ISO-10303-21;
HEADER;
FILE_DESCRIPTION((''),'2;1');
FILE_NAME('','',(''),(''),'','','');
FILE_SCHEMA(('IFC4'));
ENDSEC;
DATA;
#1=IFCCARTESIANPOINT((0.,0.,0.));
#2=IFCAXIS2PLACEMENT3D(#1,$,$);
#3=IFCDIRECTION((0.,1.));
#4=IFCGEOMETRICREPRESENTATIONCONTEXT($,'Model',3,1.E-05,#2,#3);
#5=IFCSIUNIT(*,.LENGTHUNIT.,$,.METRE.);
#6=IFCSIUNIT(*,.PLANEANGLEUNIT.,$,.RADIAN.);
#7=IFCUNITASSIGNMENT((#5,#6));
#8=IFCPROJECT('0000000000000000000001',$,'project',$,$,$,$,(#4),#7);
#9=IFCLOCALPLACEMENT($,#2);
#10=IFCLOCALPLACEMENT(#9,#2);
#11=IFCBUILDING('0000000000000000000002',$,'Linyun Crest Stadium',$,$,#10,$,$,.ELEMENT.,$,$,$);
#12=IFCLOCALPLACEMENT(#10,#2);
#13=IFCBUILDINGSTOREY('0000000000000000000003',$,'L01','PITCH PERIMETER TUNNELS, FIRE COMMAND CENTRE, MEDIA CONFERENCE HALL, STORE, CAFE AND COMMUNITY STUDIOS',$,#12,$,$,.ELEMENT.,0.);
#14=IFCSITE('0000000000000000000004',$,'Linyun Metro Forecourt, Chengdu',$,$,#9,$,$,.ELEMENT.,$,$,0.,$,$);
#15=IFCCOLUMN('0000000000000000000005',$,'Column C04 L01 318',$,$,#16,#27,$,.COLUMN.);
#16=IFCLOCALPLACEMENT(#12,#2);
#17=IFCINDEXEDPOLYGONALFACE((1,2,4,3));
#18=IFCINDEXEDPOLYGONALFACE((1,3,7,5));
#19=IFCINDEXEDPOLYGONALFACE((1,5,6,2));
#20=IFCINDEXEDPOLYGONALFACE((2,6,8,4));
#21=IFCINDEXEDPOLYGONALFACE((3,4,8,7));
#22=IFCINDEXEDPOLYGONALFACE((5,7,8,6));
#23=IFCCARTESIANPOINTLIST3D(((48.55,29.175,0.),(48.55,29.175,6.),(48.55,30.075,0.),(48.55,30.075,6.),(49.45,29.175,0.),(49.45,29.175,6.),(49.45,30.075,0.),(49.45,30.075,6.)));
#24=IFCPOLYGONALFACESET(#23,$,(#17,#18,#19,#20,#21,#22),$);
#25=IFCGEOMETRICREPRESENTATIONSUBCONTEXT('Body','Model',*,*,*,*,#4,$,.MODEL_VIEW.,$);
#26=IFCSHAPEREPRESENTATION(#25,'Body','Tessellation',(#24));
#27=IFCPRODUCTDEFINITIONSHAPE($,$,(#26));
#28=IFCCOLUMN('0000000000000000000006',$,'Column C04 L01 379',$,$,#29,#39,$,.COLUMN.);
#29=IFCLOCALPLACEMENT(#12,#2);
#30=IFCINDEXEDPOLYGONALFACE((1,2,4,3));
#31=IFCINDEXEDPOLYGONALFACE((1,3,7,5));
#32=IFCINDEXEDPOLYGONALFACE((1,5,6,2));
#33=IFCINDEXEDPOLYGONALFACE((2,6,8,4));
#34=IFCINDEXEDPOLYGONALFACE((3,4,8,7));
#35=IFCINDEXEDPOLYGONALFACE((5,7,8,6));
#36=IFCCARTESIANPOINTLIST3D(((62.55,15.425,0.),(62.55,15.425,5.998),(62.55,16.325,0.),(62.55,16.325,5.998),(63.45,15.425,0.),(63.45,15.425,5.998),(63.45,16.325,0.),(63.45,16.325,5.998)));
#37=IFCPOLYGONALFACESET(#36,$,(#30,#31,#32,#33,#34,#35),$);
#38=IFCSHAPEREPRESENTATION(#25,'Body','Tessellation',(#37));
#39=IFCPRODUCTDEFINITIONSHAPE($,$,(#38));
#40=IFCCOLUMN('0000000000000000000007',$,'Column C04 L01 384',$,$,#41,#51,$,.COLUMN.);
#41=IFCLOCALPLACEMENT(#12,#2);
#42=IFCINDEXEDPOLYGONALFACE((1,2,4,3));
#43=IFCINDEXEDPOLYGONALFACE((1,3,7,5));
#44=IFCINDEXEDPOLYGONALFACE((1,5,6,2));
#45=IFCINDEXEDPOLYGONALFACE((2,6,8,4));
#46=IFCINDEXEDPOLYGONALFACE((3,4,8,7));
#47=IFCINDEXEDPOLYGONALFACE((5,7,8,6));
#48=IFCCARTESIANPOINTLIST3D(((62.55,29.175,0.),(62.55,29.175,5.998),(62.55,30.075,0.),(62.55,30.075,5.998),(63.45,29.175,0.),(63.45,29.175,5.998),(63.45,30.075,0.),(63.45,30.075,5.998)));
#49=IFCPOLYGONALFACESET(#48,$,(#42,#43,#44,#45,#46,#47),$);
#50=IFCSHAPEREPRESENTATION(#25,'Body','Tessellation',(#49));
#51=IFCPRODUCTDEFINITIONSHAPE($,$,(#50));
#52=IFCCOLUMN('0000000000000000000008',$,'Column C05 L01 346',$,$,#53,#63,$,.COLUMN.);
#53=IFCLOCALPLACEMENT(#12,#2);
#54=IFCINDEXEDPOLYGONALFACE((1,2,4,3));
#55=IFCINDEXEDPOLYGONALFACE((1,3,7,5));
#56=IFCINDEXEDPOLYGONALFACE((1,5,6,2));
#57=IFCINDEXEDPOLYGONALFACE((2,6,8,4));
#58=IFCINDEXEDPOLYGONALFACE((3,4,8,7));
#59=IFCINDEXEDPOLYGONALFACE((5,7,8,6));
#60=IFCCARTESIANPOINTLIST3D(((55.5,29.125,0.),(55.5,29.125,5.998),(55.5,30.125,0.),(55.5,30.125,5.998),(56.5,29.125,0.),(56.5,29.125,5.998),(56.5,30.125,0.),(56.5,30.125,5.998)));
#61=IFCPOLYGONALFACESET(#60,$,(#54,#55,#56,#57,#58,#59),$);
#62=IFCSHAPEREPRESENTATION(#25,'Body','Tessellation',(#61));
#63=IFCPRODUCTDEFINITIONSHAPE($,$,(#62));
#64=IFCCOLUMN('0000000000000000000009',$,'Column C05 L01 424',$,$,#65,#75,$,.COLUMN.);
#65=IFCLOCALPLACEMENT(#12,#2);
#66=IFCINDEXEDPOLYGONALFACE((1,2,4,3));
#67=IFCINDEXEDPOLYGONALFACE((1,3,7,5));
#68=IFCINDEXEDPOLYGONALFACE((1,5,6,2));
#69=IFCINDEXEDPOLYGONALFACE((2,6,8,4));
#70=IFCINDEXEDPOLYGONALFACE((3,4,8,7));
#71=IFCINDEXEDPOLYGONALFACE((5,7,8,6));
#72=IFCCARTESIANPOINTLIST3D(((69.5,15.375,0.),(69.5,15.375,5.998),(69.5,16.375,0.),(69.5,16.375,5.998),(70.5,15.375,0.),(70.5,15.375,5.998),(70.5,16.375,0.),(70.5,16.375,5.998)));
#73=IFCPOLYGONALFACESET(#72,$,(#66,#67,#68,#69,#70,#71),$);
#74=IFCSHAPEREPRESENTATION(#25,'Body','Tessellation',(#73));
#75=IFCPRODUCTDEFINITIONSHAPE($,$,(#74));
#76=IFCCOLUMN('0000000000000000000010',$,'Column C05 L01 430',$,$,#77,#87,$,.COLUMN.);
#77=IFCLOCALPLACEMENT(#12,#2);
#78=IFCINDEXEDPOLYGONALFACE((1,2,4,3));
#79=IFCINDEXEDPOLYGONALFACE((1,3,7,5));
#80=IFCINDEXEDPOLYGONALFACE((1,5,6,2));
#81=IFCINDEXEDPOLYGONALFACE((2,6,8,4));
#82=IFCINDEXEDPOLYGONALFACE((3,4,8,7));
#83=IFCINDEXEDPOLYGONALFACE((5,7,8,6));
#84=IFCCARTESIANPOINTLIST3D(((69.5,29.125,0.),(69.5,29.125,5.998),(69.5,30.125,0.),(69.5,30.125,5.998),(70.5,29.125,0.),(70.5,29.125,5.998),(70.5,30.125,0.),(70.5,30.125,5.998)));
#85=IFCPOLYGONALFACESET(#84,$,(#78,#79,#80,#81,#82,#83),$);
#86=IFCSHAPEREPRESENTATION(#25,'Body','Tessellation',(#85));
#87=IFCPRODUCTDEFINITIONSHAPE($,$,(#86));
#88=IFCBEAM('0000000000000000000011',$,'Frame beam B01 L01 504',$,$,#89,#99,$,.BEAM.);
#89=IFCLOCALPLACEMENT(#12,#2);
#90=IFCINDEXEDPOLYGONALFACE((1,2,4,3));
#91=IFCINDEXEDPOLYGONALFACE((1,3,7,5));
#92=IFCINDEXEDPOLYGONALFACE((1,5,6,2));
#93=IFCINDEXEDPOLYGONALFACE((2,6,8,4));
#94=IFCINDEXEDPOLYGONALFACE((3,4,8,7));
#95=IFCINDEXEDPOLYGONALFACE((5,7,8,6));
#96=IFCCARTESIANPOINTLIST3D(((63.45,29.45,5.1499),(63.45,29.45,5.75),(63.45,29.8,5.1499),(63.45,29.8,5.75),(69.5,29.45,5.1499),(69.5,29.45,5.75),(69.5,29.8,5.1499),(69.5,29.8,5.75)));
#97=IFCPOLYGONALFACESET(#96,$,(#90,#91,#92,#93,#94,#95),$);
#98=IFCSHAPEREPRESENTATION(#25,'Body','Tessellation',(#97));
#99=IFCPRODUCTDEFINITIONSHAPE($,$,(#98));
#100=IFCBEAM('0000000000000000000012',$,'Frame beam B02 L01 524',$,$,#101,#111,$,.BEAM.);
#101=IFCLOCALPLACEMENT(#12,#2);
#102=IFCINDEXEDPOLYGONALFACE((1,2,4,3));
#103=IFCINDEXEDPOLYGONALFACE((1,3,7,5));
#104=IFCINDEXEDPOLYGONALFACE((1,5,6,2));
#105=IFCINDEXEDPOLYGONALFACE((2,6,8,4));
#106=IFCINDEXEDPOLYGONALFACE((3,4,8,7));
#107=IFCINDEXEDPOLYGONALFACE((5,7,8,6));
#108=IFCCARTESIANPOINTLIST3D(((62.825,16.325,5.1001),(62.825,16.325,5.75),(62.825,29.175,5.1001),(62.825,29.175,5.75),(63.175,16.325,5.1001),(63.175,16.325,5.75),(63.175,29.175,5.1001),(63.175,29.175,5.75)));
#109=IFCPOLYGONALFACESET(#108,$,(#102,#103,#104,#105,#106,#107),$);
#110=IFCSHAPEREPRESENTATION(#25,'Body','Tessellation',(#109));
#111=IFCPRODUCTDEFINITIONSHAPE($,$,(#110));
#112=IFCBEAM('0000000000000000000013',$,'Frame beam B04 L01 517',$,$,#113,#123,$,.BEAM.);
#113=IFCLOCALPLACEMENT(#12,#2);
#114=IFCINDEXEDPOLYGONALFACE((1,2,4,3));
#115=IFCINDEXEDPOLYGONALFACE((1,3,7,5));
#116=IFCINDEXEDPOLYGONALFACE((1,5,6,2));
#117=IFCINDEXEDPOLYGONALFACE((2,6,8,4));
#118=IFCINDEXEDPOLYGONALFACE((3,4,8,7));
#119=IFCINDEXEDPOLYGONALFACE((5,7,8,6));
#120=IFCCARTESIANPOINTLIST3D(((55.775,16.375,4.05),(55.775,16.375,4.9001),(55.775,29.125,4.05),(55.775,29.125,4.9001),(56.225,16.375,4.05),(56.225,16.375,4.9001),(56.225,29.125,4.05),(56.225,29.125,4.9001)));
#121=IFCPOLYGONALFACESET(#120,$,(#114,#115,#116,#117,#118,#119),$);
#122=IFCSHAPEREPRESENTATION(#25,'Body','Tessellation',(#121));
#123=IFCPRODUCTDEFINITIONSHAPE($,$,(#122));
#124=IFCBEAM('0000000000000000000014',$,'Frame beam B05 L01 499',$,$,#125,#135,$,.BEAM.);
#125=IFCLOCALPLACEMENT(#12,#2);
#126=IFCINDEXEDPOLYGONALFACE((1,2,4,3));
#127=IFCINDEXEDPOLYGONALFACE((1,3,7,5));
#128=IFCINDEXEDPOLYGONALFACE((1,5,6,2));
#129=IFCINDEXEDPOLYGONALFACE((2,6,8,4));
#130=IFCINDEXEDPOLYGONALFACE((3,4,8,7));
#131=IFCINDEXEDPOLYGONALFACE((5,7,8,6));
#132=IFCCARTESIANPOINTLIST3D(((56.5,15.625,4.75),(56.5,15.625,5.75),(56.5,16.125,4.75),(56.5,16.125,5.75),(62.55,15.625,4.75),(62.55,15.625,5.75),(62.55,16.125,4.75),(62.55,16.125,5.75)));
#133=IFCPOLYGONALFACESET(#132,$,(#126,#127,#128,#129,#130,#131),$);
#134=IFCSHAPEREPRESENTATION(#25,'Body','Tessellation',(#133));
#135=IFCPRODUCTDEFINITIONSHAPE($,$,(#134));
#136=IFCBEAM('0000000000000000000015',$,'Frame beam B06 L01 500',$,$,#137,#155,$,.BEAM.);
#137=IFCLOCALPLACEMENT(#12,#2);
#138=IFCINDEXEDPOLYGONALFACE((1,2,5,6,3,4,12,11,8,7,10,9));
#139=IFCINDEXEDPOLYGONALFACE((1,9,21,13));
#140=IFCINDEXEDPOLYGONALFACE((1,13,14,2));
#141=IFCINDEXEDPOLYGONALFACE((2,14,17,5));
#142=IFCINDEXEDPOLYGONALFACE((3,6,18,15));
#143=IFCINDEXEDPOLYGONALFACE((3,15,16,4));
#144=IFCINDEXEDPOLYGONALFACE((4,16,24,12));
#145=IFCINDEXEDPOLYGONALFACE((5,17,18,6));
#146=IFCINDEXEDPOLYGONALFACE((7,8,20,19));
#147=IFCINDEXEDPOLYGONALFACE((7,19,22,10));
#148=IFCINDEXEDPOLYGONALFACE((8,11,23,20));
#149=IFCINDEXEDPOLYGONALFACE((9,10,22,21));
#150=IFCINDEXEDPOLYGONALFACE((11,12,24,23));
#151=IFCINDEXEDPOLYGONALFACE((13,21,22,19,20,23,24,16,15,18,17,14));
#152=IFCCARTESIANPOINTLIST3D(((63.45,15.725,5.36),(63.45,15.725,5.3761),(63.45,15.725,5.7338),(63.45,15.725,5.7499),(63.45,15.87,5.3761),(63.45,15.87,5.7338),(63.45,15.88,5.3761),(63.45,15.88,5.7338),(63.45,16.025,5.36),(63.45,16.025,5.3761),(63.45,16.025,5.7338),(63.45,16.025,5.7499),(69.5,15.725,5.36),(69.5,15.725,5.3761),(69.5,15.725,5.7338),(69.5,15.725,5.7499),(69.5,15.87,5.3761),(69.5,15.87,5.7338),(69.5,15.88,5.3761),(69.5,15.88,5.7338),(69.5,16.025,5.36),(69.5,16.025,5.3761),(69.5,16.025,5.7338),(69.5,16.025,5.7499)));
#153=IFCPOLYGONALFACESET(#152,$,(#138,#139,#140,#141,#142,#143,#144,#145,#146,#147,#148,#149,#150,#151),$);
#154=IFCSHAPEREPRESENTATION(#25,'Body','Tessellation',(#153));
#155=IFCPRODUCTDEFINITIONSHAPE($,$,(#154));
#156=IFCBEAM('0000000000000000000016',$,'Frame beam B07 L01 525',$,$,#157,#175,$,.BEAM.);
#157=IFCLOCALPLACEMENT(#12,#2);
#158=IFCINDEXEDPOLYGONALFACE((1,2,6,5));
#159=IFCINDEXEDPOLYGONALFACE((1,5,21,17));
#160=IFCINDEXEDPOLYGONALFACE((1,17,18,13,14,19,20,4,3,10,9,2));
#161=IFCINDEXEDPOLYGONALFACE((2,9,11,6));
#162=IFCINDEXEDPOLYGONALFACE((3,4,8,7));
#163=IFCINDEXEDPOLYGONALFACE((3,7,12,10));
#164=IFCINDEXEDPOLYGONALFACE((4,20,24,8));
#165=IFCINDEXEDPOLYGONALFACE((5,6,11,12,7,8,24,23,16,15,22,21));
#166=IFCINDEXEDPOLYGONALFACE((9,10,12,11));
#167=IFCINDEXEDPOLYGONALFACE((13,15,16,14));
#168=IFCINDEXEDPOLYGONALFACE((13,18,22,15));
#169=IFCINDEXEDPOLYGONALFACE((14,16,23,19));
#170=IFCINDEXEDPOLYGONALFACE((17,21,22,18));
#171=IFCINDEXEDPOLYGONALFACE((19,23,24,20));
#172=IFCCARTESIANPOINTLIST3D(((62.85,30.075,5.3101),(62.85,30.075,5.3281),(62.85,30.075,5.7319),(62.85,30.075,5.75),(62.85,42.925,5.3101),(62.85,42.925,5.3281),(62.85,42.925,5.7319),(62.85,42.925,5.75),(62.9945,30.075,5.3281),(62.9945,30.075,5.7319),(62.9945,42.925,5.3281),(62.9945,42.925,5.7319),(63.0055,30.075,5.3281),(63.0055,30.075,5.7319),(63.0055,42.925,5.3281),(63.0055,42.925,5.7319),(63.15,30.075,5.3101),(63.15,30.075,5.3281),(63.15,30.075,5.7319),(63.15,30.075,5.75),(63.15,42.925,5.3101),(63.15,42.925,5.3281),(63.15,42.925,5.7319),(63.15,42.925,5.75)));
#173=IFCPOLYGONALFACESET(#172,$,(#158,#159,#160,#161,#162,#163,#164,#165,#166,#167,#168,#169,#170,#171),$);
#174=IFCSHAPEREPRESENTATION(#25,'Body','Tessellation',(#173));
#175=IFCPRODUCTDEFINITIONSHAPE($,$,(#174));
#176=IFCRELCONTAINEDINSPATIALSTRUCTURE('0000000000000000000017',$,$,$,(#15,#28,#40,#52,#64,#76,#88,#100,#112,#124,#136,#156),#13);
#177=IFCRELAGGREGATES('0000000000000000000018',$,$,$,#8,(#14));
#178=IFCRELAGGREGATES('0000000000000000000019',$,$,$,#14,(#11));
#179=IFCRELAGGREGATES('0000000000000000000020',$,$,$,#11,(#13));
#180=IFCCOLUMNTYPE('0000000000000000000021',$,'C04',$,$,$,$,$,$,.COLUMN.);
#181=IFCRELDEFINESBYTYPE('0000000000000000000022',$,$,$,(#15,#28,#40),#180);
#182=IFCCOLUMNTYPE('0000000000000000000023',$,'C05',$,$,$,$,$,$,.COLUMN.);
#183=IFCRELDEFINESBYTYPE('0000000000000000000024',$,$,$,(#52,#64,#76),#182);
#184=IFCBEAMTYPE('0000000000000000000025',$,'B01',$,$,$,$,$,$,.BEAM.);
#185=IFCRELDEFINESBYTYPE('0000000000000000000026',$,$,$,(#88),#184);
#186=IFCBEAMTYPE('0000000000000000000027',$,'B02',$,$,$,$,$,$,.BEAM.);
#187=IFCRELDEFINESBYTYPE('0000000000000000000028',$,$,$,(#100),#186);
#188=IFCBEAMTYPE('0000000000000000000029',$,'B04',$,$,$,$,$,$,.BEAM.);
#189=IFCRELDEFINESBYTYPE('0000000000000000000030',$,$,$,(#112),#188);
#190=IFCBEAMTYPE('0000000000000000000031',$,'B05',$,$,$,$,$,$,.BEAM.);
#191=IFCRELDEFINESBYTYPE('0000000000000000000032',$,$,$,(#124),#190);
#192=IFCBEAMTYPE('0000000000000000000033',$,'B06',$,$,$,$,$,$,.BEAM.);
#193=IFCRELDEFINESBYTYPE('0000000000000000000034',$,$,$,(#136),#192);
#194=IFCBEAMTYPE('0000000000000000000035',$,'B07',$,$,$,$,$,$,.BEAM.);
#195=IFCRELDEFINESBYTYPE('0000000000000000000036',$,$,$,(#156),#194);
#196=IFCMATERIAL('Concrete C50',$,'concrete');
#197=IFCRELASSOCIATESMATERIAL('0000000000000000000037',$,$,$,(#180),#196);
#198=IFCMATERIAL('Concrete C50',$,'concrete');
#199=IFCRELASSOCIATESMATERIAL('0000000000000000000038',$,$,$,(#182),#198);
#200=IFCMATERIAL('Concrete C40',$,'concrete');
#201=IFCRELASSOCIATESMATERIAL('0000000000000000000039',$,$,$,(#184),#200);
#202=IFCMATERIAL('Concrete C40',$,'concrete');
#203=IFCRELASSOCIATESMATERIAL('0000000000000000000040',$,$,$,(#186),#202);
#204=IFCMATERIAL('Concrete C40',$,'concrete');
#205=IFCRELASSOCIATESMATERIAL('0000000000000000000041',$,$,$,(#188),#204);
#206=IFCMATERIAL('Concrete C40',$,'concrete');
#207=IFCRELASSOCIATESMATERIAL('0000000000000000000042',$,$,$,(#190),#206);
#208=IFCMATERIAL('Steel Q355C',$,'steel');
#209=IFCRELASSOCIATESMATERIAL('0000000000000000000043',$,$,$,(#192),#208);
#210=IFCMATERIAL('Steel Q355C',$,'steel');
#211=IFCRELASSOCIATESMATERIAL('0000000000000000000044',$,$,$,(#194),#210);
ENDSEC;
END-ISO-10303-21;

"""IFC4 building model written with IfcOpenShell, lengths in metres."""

from ifc_helpers import new_model, si_unit, direction, frame, origin, origin_2d, place, context, subcontext, project, spatial, rectangle, i_section, extrude, material, material_profile, profile_set, type_object, element, save


model = new_model("IFC4")

# Units and contexts
model_context = context("Model", 3, precision=1e-05, world=origin(), true_north=direction((0.0, 1.0)))
body_context = subcontext(model_context, "Body", "Model", "MODEL_VIEW")
ifc_project = project(units=[si_unit("LENGTHUNIT", "METRE"), si_unit("PLANEANGLEUNIT", "RADIAN")], contexts=[model_context])

# Site, building, storey
site_placement = place(None, origin())
site = spatial("IfcSite", under=ifc_project, at=site_placement, Name="Linyun Metro Forecourt, Chengdu", CompositionType="ELEMENT", RefElevation=0.0)
building_placement = place(site_placement, origin())
building = spatial("IfcBuilding", under=site, at=building_placement, Name="Linyun Crest Stadium", CompositionType="ELEMENT")
storey_placement = place(building_placement, origin())
storey = spatial("IfcBuildingStorey", under=building, at=storey_placement, Name="L01", Description="PITCH PERIMETER TUNNELS, FIRE COMMAND CENTRE, MEDIA CONFERENCE HALL, STORE, CAFE AND COMMUNITY STUDIOS", CompositionType="ELEMENT", Elevation=0.0)

# Columns
ifc_material_1 = material(Name="Concrete C50", Category="concrete")
ifc_material_profile_1 = material_profile(ifc_material_1, rectangle(XDim=0.8999, YDim=0.8999, at=origin_2d()), Name="RC 900x900")
ifc_profile_set_1 = profile_set([ifc_material_profile_1], Name="Concrete C50")
column_type_1 = type_object("IfcColumnType", Name="C04", PredefinedType="COLUMN", material=ifc_profile_set_1)
column_placement = place(storey_placement, frame((49.0, 29.625, 0.0), z_axis=(0.0, 0.0, 1.0), x_axis=(1.0, 0.0, 0.0)))
element("IfcColumn", 1, at=column_placement, inside=storey, type_object=column_type_1, Name="Column C04 L01 318", PredefinedType="COLUMN", context=body_context, shape_type="SweptSolid", body=[
    extrude(rectangle(XDim=0.8999, YDim=0.8999, at=origin_2d()), origin(), (0.0, 0.0, 1.0), 6.0),
])
for number, where, z_axis, x_axis, name in (
    (2, (63.0, 15.875, 0.0), (0.0, 0.0, 1.0), (1.0, 0.0, 0.0), "Column C04 L01 379"),
    (3, (63.0, 29.625, 0.0), (0.0, 0.0, 1.0), (1.0, 0.0, 0.0), "Column C04 L01 384"),
):
    element("IfcColumn", number, at=place(storey_placement, frame(where, z_axis=z_axis, x_axis=x_axis)), inside=storey, type_object=column_type_1, Name=name, PredefinedType="COLUMN", context=body_context, shape_type="SweptSolid", body=[
        extrude(rectangle(XDim=0.8999, YDim=0.8999, at=origin_2d()), origin(), (0.0, 0.0, 1.0), 5.998),
    ])
ifc_material_2 = material(Name="Concrete C50", Category="concrete")
ifc_material_profile_2 = material_profile(ifc_material_2, rectangle(XDim=1.0, YDim=1.0, at=origin_2d()), Name="RC 1000x1000")
ifc_profile_set_2 = profile_set([ifc_material_profile_2], Name="Concrete C50")
column_type_2 = type_object("IfcColumnType", Name="C05", PredefinedType="COLUMN", material=ifc_profile_set_2)
for number, where, z_axis, x_axis, name in (
    (4, (56.0, 29.625, 0.0), (0.0, 0.0, 1.0), (1.0, 0.0, 0.0), "Column C05 L01 346"),
    (5, (70.0, 15.875, 0.0), (0.0, 0.0, 1.0), (1.0, 0.0, 0.0), "Column C05 L01 424"),
    (6, (70.0, 29.625, 0.0), (0.0, 0.0, 1.0), (1.0, 0.0, 0.0), "Column C05 L01 430"),
):
    element("IfcColumn", number, at=place(storey_placement, frame(where, z_axis=z_axis, x_axis=x_axis)), inside=storey, type_object=column_type_2, Name=name, PredefinedType="COLUMN", context=body_context, shape_type="SweptSolid", body=[
        extrude(rectangle(XDim=1.0, YDim=1.0, at=origin_2d()), origin(), (0.0, 0.0, 1.0), 5.998),
    ])

# Beams
ifc_material_3 = material(Name="Concrete C40", Category="concrete")
ifc_material_profile_3 = material_profile(ifc_material_3, rectangle(XDim=0.3501, YDim=0.6001, at=origin_2d()), Name="RCB 600x350")
ifc_profile_set_3 = profile_set([ifc_material_profile_3], Name="Concrete C40")
beam_type_1 = type_object("IfcBeamType", Name="B01", PredefinedType="BEAM", material=ifc_profile_set_3)
beam_1_placement = place(storey_placement, frame((63.45, 29.625, 5.45), z_axis=(1.0, 0.0, 0.0), x_axis=(0.0, 1.0, 0.0)))
element("IfcBeam", 7, at=beam_1_placement, inside=storey, type_object=beam_type_1, Name="Frame beam B01 L01 504", PredefinedType="BEAM", context=body_context, shape_type="SweptSolid", body=[
    extrude(rectangle(XDim=0.3501, YDim=0.6001, at=origin_2d()), origin(), (0.0, 0.0, 1.0), 6.05),
])
ifc_material_4 = material(Name="Concrete C40", Category="concrete")
ifc_material_profile_4 = material_profile(ifc_material_4, rectangle(XDim=0.3501, YDim=0.6499, at=origin_2d()), Name="RCB 650x350")
ifc_profile_set_4 = profile_set([ifc_material_profile_4], Name="Concrete C40")
beam_type_2 = type_object("IfcBeamType", Name="B02", PredefinedType="BEAM", material=ifc_profile_set_4)
beam_2_placement = place(storey_placement, frame((63.0, 16.325, 5.425), z_axis=(0.0, 1.0, 0.0), x_axis=(-1.0, 0.0, 0.0)))
element("IfcBeam", 8, at=beam_2_placement, inside=storey, type_object=beam_type_2, Name="Frame beam B02 L01 524", PredefinedType="BEAM", context=body_context, shape_type="SweptSolid", body=[
    extrude(rectangle(XDim=0.3501, YDim=0.6499, at=origin_2d()), origin(), (0.0, 0.0, 1.0), 12.8501),
])
ifc_material_5 = material(Name="Concrete C40", Category="concrete")
ifc_material_profile_5 = material_profile(ifc_material_5, rectangle(XDim=0.45, YDim=0.8501, at=origin_2d()), Name="RCB 850x450")
ifc_profile_set_5 = profile_set([ifc_material_profile_5], Name="Concrete C40")
beam_type_3 = type_object("IfcBeamType", Name="B04", PredefinedType="BEAM", material=ifc_profile_set_5)
beam_3_placement = place(storey_placement, frame((56.0, 16.375, 4.4751), z_axis=(0.0, 1.0, 0.0), x_axis=(-1.0, 0.0, 0.0)))
element("IfcBeam", 9, at=beam_3_placement, inside=storey, type_object=beam_type_3, Name="Frame beam B04 L01 517", PredefinedType="BEAM", context=body_context, shape_type="SweptSolid", body=[
    extrude(rectangle(XDim=0.45, YDim=0.8501, at=origin_2d()), origin(), (0.0, 0.0, 1.0), 12.75),
])
ifc_material_6 = material(Name="Concrete C40", Category="concrete")
ifc_material_profile_6 = material_profile(ifc_material_6, rectangle(XDim=0.5, YDim=1.0, at=origin_2d()), Name="RCB 1000x500")
ifc_profile_set_6 = profile_set([ifc_material_profile_6], Name="Concrete C40")
beam_type_4 = type_object("IfcBeamType", Name="B05", PredefinedType="BEAM", material=ifc_profile_set_6)
beam_4_placement = place(storey_placement, frame((56.5, 15.875, 5.25), z_axis=(1.0, 0.0, 0.0), x_axis=(0.0, 1.0, 0.0)))
element("IfcBeam", 10, at=beam_4_placement, inside=storey, type_object=beam_type_4, Name="Frame beam B05 L01 499", PredefinedType="BEAM", context=body_context, shape_type="SweptSolid", body=[
    extrude(rectangle(XDim=0.5, YDim=1.0, at=origin_2d()), origin(), (0.0, 0.0, 1.0), 6.05),
])
ifc_material_7 = material(Name="Steel Q355C", Category="steel")
ifc_material_profile_7 = material_profile(ifc_material_7, i_section(OverallWidth=0.3, OverallDepth=0.3899, WebThickness=0.01, FlangeThickness=0.0161, at=origin_2d()), Name="HM 390x300")
ifc_profile_set_7 = profile_set([ifc_material_profile_7], Name="Steel Q355C")
beam_type_5 = type_object("IfcBeamType", Name="B06", PredefinedType="BEAM", material=ifc_profile_set_7)
beam_5_placement = place(storey_placement, frame((63.45, 15.875, 5.5549), z_axis=(1.0, 0.0, 0.0), x_axis=(0.0, 1.0, 0.0)))
element("IfcBeam", 11, at=beam_5_placement, inside=storey, type_object=beam_type_5, Name="Frame beam B06 L01 500", PredefinedType="BEAM", context=body_context, shape_type="SweptSolid", body=[
    extrude(i_section(OverallWidth=0.3, OverallDepth=0.3899, WebThickness=0.01, FlangeThickness=0.0161, at=origin_2d()), origin(), (0.0, 0.0, 1.0), 6.05),
])
ifc_material_8 = material(Name="Steel Q355C", Category="steel")
ifc_material_profile_8 = material_profile(ifc_material_8, i_section(OverallWidth=0.3, OverallDepth=0.4399, WebThickness=0.011, FlangeThickness=0.0181, at=origin_2d()), Name="HM 440x300")
ifc_profile_set_8 = profile_set([ifc_material_profile_8], Name="Steel Q355C")
beam_type_6 = type_object("IfcBeamType", Name="B07", PredefinedType="BEAM", material=ifc_profile_set_8)
beam_6_placement = place(storey_placement, frame((63.0, 30.075, 5.53), z_axis=(0.0, 1.0, 0.0), x_axis=(-1.0, 0.0, 0.0)))
element("IfcBeam", 12, at=beam_6_placement, inside=storey, type_object=beam_type_6, Name="Frame beam B07 L01 525", PredefinedType="BEAM", context=body_context, shape_type="SweptSolid", body=[
    extrude(i_section(OverallWidth=0.3, OverallDepth=0.4399, WebThickness=0.011, FlangeThickness=0.0181, at=origin_2d()), origin(), (0.0, 0.0, 1.0), 12.8501),
])

save(model, "model.ifc")
